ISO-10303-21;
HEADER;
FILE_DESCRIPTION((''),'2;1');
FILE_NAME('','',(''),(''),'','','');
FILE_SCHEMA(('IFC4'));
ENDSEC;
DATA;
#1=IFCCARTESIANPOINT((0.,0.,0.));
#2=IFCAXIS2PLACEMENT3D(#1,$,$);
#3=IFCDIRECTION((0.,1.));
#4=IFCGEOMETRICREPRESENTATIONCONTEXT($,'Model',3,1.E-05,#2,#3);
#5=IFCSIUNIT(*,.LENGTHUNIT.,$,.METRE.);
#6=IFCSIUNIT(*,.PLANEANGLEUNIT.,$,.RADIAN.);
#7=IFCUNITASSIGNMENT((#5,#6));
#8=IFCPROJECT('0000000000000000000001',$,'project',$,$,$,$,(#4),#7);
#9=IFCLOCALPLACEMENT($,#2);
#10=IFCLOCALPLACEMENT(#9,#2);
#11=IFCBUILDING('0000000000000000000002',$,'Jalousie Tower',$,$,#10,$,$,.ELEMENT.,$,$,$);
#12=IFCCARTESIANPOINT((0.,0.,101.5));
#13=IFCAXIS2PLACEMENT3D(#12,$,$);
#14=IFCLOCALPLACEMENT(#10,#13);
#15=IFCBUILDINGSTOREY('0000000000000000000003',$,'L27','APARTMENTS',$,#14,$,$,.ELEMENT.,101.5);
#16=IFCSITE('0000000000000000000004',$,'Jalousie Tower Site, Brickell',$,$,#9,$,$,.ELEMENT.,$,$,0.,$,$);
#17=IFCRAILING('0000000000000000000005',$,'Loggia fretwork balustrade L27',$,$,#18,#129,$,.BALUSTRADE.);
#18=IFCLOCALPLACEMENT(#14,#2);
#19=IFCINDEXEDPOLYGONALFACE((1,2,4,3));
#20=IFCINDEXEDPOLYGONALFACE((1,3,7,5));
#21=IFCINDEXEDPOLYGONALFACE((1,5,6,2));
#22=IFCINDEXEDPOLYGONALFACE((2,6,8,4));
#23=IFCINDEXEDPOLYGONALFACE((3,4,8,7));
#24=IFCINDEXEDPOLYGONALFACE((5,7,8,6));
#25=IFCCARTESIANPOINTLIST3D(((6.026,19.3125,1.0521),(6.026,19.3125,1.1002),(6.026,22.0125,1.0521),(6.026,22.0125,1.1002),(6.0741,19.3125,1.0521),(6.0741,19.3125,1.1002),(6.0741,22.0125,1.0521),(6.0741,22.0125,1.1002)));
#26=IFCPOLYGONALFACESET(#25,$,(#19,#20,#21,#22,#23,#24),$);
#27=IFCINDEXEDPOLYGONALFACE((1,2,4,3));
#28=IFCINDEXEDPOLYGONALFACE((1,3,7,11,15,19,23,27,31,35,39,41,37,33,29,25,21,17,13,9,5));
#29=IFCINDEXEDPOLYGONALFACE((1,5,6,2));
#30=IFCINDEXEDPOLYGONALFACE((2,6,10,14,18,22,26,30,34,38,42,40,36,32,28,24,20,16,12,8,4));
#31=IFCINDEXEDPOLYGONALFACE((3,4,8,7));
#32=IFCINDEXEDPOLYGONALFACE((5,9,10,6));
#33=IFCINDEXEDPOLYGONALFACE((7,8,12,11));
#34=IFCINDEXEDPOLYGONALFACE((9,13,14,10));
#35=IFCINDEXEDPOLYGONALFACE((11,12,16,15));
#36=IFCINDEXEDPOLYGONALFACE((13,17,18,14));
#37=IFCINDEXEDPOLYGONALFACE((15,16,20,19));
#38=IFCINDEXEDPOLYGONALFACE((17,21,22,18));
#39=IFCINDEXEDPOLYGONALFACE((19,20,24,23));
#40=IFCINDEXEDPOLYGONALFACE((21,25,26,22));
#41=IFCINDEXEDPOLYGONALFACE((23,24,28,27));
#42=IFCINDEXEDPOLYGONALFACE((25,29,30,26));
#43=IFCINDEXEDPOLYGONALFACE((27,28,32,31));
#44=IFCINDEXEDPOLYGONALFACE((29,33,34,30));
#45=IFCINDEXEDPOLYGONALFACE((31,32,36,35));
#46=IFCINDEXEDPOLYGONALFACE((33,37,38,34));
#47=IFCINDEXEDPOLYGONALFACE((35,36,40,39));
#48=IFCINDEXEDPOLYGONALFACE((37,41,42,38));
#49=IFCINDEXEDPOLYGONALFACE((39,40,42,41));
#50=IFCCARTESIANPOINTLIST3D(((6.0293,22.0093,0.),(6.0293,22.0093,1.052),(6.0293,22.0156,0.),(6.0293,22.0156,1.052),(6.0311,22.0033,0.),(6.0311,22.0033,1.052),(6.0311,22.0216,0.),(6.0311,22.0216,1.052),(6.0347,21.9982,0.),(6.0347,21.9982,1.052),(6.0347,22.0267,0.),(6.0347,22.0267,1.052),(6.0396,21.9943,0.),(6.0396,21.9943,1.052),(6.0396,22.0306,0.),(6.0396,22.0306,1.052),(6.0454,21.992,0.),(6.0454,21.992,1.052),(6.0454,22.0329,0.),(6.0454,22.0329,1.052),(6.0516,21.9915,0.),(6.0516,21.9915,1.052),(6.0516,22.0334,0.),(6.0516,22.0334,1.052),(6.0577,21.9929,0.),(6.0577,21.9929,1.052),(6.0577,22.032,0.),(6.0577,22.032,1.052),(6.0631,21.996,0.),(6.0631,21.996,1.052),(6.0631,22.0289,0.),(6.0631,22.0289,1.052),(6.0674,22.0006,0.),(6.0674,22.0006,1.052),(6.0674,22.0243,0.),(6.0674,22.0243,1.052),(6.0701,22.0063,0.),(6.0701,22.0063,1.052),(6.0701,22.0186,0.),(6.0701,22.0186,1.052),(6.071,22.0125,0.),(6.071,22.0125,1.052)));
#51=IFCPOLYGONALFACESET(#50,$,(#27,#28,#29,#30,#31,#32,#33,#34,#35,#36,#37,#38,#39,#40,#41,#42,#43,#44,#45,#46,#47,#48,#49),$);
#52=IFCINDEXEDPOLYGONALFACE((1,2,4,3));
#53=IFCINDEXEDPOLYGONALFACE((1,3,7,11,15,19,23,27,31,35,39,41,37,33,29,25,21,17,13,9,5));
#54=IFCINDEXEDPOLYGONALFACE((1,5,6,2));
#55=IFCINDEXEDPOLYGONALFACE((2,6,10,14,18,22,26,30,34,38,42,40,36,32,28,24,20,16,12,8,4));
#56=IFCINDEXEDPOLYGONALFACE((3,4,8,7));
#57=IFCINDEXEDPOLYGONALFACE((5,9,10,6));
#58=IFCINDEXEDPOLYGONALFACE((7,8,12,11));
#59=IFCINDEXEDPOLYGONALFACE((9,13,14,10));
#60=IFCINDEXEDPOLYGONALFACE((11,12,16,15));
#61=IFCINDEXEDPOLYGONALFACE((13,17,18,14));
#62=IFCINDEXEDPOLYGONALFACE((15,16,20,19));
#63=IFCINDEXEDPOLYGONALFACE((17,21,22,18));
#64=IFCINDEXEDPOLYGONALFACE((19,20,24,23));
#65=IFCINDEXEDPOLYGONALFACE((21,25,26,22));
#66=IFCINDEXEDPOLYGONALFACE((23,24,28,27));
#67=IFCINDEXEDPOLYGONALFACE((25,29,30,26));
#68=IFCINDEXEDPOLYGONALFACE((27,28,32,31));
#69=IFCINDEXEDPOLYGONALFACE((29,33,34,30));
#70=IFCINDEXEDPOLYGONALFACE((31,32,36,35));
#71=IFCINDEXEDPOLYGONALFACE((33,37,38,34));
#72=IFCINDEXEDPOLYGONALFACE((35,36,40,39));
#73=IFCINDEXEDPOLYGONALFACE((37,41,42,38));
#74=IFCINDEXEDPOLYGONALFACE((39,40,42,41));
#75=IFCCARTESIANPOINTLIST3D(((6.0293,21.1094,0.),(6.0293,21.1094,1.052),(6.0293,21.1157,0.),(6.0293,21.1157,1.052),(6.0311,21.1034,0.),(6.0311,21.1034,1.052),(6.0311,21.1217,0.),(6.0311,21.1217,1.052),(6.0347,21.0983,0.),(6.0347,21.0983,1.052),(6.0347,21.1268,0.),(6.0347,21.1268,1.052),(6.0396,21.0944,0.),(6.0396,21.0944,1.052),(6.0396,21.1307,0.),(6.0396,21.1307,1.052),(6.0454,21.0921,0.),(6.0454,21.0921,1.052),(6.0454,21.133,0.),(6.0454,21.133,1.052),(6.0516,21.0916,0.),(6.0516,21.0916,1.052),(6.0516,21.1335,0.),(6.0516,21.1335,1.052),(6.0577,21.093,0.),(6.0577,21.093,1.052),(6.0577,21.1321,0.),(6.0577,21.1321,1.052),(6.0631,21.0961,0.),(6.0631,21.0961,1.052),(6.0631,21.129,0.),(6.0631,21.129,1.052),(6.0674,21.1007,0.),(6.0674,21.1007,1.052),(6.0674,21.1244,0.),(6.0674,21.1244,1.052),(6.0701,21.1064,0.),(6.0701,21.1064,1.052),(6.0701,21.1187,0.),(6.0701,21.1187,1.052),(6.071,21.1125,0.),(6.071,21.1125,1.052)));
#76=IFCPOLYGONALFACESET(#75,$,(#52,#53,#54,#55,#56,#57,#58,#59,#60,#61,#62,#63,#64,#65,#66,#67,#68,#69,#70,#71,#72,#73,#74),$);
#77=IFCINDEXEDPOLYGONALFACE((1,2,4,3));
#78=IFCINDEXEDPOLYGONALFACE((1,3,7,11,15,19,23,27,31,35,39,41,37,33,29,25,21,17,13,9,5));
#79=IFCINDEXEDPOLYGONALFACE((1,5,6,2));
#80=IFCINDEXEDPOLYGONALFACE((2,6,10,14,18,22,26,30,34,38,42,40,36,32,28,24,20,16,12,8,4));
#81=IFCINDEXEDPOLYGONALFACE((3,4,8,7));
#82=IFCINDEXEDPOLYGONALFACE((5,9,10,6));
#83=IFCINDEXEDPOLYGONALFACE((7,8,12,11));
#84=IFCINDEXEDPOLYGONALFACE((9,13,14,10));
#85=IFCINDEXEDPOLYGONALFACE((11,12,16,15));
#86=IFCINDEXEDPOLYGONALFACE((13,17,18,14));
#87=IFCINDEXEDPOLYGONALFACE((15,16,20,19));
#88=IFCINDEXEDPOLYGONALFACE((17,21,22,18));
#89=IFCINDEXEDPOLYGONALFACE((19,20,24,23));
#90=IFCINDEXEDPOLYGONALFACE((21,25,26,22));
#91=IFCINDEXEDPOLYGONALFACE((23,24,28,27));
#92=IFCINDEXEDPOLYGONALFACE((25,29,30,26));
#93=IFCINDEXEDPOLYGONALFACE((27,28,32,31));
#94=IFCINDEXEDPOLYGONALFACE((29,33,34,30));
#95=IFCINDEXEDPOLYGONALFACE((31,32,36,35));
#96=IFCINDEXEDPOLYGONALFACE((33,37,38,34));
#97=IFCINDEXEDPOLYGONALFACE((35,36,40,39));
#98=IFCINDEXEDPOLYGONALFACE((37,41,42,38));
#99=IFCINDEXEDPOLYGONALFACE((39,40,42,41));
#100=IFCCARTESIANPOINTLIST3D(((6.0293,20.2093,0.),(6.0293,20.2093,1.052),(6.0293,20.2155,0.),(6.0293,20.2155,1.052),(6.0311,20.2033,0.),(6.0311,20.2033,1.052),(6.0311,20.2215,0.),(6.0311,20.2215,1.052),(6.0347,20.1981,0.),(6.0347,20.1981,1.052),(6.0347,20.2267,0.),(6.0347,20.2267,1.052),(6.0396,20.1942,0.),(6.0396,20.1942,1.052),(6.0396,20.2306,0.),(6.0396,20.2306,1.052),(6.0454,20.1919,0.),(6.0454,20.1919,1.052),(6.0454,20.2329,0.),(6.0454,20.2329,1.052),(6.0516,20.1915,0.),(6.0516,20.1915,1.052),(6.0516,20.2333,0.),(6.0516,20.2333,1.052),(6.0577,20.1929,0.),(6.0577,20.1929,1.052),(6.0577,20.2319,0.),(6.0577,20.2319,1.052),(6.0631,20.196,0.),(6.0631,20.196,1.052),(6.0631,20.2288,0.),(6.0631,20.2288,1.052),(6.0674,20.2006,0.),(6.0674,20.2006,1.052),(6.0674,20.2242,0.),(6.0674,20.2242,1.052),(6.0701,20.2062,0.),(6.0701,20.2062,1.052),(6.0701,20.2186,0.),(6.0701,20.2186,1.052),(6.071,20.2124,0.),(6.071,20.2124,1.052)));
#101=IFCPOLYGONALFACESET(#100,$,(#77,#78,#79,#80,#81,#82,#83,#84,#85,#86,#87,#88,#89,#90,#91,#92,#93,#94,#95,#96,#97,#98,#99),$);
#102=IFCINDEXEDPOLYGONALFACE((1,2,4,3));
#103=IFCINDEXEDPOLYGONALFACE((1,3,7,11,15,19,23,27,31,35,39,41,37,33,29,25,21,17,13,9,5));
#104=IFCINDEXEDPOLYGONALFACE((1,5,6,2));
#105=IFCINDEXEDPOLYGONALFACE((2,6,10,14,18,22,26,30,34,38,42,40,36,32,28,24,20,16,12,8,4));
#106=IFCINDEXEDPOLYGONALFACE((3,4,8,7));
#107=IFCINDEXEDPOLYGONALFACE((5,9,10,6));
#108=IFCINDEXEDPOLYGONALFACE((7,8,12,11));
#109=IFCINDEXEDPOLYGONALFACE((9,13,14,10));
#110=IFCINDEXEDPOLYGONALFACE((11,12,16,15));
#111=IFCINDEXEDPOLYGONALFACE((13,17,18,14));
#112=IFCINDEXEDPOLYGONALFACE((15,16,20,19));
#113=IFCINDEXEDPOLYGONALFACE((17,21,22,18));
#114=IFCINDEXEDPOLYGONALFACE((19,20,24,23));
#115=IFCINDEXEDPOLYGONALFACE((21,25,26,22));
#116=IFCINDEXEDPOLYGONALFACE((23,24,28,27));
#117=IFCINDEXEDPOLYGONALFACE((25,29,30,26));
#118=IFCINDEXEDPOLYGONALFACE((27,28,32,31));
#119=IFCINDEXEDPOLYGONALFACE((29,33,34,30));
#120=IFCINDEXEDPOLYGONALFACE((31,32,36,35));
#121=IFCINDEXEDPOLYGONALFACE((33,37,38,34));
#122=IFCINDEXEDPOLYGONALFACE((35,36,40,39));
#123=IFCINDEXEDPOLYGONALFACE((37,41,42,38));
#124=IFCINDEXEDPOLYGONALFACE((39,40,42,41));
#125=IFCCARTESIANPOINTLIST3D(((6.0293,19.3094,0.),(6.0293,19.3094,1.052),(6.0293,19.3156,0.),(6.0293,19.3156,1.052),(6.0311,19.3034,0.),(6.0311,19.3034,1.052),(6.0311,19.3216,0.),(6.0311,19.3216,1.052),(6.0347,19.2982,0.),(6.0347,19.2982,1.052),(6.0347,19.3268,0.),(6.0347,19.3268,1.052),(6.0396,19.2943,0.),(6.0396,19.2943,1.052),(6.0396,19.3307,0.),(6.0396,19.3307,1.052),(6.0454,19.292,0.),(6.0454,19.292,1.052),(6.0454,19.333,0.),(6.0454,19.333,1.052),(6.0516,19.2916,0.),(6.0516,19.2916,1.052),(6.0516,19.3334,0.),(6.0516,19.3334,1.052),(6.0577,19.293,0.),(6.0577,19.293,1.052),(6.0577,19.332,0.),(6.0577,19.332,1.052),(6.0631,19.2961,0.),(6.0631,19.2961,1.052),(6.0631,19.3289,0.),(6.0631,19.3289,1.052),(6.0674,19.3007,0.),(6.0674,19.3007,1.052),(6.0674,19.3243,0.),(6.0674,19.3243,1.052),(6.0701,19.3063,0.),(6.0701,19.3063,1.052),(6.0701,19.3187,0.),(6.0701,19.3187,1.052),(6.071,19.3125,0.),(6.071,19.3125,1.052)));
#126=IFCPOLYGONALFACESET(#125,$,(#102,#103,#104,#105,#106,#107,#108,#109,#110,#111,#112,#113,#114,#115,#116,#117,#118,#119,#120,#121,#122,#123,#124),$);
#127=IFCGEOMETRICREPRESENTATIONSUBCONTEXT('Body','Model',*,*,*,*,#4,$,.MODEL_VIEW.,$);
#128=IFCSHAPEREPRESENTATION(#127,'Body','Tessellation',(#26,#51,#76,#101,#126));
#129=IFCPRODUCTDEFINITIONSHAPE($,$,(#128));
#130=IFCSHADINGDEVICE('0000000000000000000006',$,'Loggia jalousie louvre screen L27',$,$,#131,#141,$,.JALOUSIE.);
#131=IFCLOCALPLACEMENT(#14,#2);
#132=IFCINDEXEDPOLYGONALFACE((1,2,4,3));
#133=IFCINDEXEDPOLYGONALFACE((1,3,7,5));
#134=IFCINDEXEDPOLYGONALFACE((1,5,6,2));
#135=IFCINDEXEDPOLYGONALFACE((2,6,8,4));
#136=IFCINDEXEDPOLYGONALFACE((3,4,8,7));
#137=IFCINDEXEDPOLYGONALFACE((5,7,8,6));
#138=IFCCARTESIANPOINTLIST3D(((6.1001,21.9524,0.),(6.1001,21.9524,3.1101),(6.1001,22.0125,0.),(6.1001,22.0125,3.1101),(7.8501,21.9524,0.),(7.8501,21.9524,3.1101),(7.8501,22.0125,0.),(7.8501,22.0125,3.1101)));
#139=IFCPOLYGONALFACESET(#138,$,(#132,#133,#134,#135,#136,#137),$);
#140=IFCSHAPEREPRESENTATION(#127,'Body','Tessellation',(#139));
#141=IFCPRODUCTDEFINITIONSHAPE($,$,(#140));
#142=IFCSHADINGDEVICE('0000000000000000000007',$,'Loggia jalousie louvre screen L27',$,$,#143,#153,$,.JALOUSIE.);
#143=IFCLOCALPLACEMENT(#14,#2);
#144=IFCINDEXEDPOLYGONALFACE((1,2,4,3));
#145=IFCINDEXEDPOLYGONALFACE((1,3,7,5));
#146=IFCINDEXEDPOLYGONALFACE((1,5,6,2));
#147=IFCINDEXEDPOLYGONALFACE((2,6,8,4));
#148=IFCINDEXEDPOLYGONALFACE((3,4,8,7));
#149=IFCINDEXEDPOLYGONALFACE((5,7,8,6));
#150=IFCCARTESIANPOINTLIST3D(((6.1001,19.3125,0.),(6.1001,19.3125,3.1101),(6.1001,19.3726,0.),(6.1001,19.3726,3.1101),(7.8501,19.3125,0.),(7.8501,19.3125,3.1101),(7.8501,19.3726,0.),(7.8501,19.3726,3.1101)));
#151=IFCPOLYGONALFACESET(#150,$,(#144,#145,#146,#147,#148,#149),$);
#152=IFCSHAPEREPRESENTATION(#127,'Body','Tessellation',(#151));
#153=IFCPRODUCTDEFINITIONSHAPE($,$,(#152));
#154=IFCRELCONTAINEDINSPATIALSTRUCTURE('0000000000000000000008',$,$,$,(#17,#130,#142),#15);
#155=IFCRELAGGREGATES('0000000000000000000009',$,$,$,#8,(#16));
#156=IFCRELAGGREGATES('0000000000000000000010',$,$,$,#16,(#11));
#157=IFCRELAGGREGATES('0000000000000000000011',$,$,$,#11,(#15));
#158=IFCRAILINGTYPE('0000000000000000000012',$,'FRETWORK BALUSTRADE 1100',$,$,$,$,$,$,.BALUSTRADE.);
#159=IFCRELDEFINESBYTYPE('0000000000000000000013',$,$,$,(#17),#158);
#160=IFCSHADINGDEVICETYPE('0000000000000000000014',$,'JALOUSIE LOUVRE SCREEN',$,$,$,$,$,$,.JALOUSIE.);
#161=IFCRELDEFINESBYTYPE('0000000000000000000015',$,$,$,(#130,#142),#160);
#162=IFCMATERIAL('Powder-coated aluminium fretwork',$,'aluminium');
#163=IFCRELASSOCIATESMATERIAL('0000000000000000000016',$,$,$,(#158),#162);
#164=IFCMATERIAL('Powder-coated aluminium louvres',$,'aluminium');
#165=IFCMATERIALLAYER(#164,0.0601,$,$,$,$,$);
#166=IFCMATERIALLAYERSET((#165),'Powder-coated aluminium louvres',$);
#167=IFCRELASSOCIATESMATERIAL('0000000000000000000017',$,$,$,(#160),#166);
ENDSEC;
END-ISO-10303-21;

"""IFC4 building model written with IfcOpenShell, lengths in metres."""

from ifc_helpers import new_model, si_unit, direction, frame, origin, origin_2d, place, context, subcontext, project, spatial, rectangle, circle, extrude, material, layer, layer_set, type_object, element, save


model = new_model("IFC4")

# Units and contexts
model_context = context("Model", 3, precision=1e-05, world=origin(), true_north=direction((0.0, 1.0)))
body_context = subcontext(model_context, "Body", "Model", "MODEL_VIEW")
ifc_project = project(units=[si_unit("LENGTHUNIT", "METRE"), si_unit("PLANEANGLEUNIT", "RADIAN")], contexts=[model_context])

# Site, building, storey
site_placement = place(None, origin())
site = spatial("IfcSite", under=ifc_project, at=site_placement, Name="Jalousie Tower Site, Brickell", CompositionType="ELEMENT", RefElevation=0.0)
building_placement = place(site_placement, origin())
building = spatial("IfcBuilding", under=site, at=building_placement, Name="Jalousie Tower", CompositionType="ELEMENT")
storey_placement = place(building_placement, frame((0.0, 0.0, 101.5)))
storey = spatial("IfcBuildingStorey", under=building, at=storey_placement, Name="L27", Description="APARTMENTS", CompositionType="ELEMENT", Elevation=101.5)

# Railing
ifc_material_1 = material(Name="Powder-coated aluminium fretwork", Category="aluminium")
railing_type = type_object("IfcRailingType", Name="FRETWORK BALUSTRADE 1100", PredefinedType="BALUSTRADE", material=ifc_material_1)
railing_placement = place(storey_placement, frame((6.05, 22.0125, 0.0)))
element("IfcRailing", 1, at=railing_placement, inside=storey, type_object=railing_type, Name="Loggia fretwork balustrade L27", PredefinedType="BALUSTRADE", context=body_context, shape_type="SweptSolid", body=[
    extrude(rectangle(XDim=0.0481, YDim=0.0481, at=origin_2d()), frame((0.0, 0.0, 1.0762), z_axis=(0.0, -1.0, 0.0), x_axis=(1.0, 0.0, 0.0)), (0.0, 0.0, 1.0), 2.7),
    extrude(circle(Radius=0.021, at=origin_2d()), origin(), (0.0, 0.0, 1.0), 1.052),
    extrude(circle(Radius=0.021, at=origin_2d()), frame((0.0, -0.8999, 0.0)), (0.0, 0.0, 1.0), 1.052),
    extrude(circle(Radius=0.021, at=origin_2d()), frame((0.0, -1.8, 0.0)), (0.0, 0.0, 1.0), 1.052),
    extrude(circle(Radius=0.021, at=origin_2d()), frame((0.0, -2.7, 0.0)), (0.0, 0.0, 1.0), 1.052),
])

# Shading devices
ifc_material_2 = material(Name="Powder-coated aluminium louvres", Category="aluminium")
ifc_layer_1 = layer(ifc_material_2, 0.0601)
ifc_layer_set_1 = layer_set([ifc_layer_1], Name="Powder-coated aluminium louvres")
shading_device_type_1 = type_object("IfcShadingDeviceType", Name="JALOUSIE LOUVRE SCREEN", PredefinedType="JALOUSIE", material=ifc_layer_set_1)
for number, where, z_axis, x_axis, name in (
    (2, (6.9751, 21.9824, 0.0), (0.0, 0.0, 1.0), (0.0, -1.0, 0.0), "Loggia jalousie louvre screen L27"),
    (3, (6.9751, 19.3425, 0.0), (0.0, 0.0, 1.0), (0.0, -1.0, 0.0), "Loggia jalousie louvre screen L27"),
):
    element("IfcShadingDevice", number, at=place(storey_placement, frame(where, z_axis=z_axis, x_axis=x_axis)), inside=storey, type_object=shading_device_type_1, Name=name, PredefinedType="JALOUSIE", context=body_context, shape_type="SweptSolid", body=[
        extrude(rectangle(XDim=0.0601, YDim=1.75, at=origin_2d()), origin(), (0.0, 0.0, 1.0), 3.1101),
    ])

save(model, "model.ifc")
